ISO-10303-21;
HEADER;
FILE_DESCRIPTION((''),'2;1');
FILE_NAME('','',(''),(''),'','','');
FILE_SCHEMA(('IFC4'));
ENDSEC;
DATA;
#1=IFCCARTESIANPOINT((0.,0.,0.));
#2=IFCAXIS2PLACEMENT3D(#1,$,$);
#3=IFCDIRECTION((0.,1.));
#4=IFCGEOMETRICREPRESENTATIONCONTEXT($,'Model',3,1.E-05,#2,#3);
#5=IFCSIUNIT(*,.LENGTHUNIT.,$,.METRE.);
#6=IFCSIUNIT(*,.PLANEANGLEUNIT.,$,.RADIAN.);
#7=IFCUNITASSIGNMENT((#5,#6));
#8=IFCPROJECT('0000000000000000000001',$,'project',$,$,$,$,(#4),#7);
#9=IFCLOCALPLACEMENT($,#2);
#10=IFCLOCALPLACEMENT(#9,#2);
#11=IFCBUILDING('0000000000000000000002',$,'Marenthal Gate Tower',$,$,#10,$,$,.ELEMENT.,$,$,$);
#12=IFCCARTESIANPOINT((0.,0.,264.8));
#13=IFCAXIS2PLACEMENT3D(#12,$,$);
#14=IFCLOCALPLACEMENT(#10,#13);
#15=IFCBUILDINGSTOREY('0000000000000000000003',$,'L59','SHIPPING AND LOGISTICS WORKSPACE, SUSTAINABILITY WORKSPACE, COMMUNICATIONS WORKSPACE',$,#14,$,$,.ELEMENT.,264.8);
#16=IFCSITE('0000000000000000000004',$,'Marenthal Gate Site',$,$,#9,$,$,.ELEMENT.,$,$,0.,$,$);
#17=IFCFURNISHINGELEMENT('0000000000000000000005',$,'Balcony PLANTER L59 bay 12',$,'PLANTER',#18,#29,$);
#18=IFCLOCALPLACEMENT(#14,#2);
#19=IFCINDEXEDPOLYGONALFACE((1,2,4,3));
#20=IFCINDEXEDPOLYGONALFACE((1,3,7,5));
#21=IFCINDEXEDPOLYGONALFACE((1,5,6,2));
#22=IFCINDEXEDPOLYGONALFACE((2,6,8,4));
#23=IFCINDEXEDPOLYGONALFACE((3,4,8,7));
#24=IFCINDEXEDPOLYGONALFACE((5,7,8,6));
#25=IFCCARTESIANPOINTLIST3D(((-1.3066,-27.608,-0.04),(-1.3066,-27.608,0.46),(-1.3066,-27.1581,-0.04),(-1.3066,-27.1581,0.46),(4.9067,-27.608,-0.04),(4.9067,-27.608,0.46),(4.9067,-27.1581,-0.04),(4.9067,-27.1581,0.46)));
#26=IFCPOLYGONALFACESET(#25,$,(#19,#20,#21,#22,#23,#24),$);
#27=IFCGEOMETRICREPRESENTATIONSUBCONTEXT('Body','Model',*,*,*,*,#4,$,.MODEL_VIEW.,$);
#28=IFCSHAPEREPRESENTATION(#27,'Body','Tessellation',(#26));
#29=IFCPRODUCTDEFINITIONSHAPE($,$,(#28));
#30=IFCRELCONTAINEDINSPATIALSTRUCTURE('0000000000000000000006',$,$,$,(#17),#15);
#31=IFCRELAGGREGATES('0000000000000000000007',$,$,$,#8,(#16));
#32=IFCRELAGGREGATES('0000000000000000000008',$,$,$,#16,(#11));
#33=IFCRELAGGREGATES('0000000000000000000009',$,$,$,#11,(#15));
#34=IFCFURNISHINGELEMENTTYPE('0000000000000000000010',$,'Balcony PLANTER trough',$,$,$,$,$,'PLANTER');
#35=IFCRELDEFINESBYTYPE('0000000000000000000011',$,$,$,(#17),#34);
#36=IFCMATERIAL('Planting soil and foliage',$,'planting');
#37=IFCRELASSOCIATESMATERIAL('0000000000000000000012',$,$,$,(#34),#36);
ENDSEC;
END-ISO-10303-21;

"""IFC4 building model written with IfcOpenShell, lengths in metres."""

from ifc_helpers import new_model, si_unit, direction, frame, origin, origin_2d, place, context, subcontext, project, spatial, rectangle, extrude, material, type_object, element, save


model = new_model("IFC4")

# Units and contexts
model_context = context("Model", 3, precision=1e-05, world=origin(), true_north=direction((0.0, 1.0)))
body_context = subcontext(model_context, "Body", "Model", "MODEL_VIEW")
ifc_project = project(units=[si_unit("LENGTHUNIT", "METRE"), si_unit("PLANEANGLEUNIT", "RADIAN")], contexts=[model_context])

# Site, building, storey
site_placement = place(None, origin())
site = spatial("IfcSite", under=ifc_project, at=site_placement, Name="Marenthal Gate Site", CompositionType="ELEMENT", RefElevation=0.0)
building_placement = place(site_placement, origin())
building = spatial("IfcBuilding", under=site, at=building_placement, Name="Marenthal Gate Tower", CompositionType="ELEMENT")
storey_placement = place(building_placement, frame((0.0, 0.0, 264.8)))
storey = spatial("IfcBuildingStorey", under=building, at=storey_placement, Name="L59", Description="SHIPPING AND LOGISTICS WORKSPACE, SUSTAINABILITY WORKSPACE, COMMUNICATIONS WORKSPACE", CompositionType="ELEMENT", Elevation=264.8)

# Furnishing element
ifc_material_1 = material(Name="Planting soil and foliage", Category="planting")
furnishing_element_type = type_object("IfcFurnishingElementType", Name="Balcony PLANTER trough", ElementType="PLANTER", material=ifc_material_1)
furnishing_placement = place(storey_placement, frame((1.8, -27.3831, -0.04), z_axis=(0.0, 0.0, 1.0), x_axis=(1.0, 0.0, 0.0)))
element("IfcFurnishingElement", 1, at=furnishing_placement, inside=storey, type_object=furnishing_element_type, Name="Balcony PLANTER L59 bay 12", ObjectType="PLANTER", context=body_context, shape_type="SweptSolid", body=[
    extrude(rectangle(XDim=6.2134, YDim=0.45, at=origin_2d()), origin(), (0.0, 0.0, 1.0), 0.5),
])

save(model, "model.ifc")
